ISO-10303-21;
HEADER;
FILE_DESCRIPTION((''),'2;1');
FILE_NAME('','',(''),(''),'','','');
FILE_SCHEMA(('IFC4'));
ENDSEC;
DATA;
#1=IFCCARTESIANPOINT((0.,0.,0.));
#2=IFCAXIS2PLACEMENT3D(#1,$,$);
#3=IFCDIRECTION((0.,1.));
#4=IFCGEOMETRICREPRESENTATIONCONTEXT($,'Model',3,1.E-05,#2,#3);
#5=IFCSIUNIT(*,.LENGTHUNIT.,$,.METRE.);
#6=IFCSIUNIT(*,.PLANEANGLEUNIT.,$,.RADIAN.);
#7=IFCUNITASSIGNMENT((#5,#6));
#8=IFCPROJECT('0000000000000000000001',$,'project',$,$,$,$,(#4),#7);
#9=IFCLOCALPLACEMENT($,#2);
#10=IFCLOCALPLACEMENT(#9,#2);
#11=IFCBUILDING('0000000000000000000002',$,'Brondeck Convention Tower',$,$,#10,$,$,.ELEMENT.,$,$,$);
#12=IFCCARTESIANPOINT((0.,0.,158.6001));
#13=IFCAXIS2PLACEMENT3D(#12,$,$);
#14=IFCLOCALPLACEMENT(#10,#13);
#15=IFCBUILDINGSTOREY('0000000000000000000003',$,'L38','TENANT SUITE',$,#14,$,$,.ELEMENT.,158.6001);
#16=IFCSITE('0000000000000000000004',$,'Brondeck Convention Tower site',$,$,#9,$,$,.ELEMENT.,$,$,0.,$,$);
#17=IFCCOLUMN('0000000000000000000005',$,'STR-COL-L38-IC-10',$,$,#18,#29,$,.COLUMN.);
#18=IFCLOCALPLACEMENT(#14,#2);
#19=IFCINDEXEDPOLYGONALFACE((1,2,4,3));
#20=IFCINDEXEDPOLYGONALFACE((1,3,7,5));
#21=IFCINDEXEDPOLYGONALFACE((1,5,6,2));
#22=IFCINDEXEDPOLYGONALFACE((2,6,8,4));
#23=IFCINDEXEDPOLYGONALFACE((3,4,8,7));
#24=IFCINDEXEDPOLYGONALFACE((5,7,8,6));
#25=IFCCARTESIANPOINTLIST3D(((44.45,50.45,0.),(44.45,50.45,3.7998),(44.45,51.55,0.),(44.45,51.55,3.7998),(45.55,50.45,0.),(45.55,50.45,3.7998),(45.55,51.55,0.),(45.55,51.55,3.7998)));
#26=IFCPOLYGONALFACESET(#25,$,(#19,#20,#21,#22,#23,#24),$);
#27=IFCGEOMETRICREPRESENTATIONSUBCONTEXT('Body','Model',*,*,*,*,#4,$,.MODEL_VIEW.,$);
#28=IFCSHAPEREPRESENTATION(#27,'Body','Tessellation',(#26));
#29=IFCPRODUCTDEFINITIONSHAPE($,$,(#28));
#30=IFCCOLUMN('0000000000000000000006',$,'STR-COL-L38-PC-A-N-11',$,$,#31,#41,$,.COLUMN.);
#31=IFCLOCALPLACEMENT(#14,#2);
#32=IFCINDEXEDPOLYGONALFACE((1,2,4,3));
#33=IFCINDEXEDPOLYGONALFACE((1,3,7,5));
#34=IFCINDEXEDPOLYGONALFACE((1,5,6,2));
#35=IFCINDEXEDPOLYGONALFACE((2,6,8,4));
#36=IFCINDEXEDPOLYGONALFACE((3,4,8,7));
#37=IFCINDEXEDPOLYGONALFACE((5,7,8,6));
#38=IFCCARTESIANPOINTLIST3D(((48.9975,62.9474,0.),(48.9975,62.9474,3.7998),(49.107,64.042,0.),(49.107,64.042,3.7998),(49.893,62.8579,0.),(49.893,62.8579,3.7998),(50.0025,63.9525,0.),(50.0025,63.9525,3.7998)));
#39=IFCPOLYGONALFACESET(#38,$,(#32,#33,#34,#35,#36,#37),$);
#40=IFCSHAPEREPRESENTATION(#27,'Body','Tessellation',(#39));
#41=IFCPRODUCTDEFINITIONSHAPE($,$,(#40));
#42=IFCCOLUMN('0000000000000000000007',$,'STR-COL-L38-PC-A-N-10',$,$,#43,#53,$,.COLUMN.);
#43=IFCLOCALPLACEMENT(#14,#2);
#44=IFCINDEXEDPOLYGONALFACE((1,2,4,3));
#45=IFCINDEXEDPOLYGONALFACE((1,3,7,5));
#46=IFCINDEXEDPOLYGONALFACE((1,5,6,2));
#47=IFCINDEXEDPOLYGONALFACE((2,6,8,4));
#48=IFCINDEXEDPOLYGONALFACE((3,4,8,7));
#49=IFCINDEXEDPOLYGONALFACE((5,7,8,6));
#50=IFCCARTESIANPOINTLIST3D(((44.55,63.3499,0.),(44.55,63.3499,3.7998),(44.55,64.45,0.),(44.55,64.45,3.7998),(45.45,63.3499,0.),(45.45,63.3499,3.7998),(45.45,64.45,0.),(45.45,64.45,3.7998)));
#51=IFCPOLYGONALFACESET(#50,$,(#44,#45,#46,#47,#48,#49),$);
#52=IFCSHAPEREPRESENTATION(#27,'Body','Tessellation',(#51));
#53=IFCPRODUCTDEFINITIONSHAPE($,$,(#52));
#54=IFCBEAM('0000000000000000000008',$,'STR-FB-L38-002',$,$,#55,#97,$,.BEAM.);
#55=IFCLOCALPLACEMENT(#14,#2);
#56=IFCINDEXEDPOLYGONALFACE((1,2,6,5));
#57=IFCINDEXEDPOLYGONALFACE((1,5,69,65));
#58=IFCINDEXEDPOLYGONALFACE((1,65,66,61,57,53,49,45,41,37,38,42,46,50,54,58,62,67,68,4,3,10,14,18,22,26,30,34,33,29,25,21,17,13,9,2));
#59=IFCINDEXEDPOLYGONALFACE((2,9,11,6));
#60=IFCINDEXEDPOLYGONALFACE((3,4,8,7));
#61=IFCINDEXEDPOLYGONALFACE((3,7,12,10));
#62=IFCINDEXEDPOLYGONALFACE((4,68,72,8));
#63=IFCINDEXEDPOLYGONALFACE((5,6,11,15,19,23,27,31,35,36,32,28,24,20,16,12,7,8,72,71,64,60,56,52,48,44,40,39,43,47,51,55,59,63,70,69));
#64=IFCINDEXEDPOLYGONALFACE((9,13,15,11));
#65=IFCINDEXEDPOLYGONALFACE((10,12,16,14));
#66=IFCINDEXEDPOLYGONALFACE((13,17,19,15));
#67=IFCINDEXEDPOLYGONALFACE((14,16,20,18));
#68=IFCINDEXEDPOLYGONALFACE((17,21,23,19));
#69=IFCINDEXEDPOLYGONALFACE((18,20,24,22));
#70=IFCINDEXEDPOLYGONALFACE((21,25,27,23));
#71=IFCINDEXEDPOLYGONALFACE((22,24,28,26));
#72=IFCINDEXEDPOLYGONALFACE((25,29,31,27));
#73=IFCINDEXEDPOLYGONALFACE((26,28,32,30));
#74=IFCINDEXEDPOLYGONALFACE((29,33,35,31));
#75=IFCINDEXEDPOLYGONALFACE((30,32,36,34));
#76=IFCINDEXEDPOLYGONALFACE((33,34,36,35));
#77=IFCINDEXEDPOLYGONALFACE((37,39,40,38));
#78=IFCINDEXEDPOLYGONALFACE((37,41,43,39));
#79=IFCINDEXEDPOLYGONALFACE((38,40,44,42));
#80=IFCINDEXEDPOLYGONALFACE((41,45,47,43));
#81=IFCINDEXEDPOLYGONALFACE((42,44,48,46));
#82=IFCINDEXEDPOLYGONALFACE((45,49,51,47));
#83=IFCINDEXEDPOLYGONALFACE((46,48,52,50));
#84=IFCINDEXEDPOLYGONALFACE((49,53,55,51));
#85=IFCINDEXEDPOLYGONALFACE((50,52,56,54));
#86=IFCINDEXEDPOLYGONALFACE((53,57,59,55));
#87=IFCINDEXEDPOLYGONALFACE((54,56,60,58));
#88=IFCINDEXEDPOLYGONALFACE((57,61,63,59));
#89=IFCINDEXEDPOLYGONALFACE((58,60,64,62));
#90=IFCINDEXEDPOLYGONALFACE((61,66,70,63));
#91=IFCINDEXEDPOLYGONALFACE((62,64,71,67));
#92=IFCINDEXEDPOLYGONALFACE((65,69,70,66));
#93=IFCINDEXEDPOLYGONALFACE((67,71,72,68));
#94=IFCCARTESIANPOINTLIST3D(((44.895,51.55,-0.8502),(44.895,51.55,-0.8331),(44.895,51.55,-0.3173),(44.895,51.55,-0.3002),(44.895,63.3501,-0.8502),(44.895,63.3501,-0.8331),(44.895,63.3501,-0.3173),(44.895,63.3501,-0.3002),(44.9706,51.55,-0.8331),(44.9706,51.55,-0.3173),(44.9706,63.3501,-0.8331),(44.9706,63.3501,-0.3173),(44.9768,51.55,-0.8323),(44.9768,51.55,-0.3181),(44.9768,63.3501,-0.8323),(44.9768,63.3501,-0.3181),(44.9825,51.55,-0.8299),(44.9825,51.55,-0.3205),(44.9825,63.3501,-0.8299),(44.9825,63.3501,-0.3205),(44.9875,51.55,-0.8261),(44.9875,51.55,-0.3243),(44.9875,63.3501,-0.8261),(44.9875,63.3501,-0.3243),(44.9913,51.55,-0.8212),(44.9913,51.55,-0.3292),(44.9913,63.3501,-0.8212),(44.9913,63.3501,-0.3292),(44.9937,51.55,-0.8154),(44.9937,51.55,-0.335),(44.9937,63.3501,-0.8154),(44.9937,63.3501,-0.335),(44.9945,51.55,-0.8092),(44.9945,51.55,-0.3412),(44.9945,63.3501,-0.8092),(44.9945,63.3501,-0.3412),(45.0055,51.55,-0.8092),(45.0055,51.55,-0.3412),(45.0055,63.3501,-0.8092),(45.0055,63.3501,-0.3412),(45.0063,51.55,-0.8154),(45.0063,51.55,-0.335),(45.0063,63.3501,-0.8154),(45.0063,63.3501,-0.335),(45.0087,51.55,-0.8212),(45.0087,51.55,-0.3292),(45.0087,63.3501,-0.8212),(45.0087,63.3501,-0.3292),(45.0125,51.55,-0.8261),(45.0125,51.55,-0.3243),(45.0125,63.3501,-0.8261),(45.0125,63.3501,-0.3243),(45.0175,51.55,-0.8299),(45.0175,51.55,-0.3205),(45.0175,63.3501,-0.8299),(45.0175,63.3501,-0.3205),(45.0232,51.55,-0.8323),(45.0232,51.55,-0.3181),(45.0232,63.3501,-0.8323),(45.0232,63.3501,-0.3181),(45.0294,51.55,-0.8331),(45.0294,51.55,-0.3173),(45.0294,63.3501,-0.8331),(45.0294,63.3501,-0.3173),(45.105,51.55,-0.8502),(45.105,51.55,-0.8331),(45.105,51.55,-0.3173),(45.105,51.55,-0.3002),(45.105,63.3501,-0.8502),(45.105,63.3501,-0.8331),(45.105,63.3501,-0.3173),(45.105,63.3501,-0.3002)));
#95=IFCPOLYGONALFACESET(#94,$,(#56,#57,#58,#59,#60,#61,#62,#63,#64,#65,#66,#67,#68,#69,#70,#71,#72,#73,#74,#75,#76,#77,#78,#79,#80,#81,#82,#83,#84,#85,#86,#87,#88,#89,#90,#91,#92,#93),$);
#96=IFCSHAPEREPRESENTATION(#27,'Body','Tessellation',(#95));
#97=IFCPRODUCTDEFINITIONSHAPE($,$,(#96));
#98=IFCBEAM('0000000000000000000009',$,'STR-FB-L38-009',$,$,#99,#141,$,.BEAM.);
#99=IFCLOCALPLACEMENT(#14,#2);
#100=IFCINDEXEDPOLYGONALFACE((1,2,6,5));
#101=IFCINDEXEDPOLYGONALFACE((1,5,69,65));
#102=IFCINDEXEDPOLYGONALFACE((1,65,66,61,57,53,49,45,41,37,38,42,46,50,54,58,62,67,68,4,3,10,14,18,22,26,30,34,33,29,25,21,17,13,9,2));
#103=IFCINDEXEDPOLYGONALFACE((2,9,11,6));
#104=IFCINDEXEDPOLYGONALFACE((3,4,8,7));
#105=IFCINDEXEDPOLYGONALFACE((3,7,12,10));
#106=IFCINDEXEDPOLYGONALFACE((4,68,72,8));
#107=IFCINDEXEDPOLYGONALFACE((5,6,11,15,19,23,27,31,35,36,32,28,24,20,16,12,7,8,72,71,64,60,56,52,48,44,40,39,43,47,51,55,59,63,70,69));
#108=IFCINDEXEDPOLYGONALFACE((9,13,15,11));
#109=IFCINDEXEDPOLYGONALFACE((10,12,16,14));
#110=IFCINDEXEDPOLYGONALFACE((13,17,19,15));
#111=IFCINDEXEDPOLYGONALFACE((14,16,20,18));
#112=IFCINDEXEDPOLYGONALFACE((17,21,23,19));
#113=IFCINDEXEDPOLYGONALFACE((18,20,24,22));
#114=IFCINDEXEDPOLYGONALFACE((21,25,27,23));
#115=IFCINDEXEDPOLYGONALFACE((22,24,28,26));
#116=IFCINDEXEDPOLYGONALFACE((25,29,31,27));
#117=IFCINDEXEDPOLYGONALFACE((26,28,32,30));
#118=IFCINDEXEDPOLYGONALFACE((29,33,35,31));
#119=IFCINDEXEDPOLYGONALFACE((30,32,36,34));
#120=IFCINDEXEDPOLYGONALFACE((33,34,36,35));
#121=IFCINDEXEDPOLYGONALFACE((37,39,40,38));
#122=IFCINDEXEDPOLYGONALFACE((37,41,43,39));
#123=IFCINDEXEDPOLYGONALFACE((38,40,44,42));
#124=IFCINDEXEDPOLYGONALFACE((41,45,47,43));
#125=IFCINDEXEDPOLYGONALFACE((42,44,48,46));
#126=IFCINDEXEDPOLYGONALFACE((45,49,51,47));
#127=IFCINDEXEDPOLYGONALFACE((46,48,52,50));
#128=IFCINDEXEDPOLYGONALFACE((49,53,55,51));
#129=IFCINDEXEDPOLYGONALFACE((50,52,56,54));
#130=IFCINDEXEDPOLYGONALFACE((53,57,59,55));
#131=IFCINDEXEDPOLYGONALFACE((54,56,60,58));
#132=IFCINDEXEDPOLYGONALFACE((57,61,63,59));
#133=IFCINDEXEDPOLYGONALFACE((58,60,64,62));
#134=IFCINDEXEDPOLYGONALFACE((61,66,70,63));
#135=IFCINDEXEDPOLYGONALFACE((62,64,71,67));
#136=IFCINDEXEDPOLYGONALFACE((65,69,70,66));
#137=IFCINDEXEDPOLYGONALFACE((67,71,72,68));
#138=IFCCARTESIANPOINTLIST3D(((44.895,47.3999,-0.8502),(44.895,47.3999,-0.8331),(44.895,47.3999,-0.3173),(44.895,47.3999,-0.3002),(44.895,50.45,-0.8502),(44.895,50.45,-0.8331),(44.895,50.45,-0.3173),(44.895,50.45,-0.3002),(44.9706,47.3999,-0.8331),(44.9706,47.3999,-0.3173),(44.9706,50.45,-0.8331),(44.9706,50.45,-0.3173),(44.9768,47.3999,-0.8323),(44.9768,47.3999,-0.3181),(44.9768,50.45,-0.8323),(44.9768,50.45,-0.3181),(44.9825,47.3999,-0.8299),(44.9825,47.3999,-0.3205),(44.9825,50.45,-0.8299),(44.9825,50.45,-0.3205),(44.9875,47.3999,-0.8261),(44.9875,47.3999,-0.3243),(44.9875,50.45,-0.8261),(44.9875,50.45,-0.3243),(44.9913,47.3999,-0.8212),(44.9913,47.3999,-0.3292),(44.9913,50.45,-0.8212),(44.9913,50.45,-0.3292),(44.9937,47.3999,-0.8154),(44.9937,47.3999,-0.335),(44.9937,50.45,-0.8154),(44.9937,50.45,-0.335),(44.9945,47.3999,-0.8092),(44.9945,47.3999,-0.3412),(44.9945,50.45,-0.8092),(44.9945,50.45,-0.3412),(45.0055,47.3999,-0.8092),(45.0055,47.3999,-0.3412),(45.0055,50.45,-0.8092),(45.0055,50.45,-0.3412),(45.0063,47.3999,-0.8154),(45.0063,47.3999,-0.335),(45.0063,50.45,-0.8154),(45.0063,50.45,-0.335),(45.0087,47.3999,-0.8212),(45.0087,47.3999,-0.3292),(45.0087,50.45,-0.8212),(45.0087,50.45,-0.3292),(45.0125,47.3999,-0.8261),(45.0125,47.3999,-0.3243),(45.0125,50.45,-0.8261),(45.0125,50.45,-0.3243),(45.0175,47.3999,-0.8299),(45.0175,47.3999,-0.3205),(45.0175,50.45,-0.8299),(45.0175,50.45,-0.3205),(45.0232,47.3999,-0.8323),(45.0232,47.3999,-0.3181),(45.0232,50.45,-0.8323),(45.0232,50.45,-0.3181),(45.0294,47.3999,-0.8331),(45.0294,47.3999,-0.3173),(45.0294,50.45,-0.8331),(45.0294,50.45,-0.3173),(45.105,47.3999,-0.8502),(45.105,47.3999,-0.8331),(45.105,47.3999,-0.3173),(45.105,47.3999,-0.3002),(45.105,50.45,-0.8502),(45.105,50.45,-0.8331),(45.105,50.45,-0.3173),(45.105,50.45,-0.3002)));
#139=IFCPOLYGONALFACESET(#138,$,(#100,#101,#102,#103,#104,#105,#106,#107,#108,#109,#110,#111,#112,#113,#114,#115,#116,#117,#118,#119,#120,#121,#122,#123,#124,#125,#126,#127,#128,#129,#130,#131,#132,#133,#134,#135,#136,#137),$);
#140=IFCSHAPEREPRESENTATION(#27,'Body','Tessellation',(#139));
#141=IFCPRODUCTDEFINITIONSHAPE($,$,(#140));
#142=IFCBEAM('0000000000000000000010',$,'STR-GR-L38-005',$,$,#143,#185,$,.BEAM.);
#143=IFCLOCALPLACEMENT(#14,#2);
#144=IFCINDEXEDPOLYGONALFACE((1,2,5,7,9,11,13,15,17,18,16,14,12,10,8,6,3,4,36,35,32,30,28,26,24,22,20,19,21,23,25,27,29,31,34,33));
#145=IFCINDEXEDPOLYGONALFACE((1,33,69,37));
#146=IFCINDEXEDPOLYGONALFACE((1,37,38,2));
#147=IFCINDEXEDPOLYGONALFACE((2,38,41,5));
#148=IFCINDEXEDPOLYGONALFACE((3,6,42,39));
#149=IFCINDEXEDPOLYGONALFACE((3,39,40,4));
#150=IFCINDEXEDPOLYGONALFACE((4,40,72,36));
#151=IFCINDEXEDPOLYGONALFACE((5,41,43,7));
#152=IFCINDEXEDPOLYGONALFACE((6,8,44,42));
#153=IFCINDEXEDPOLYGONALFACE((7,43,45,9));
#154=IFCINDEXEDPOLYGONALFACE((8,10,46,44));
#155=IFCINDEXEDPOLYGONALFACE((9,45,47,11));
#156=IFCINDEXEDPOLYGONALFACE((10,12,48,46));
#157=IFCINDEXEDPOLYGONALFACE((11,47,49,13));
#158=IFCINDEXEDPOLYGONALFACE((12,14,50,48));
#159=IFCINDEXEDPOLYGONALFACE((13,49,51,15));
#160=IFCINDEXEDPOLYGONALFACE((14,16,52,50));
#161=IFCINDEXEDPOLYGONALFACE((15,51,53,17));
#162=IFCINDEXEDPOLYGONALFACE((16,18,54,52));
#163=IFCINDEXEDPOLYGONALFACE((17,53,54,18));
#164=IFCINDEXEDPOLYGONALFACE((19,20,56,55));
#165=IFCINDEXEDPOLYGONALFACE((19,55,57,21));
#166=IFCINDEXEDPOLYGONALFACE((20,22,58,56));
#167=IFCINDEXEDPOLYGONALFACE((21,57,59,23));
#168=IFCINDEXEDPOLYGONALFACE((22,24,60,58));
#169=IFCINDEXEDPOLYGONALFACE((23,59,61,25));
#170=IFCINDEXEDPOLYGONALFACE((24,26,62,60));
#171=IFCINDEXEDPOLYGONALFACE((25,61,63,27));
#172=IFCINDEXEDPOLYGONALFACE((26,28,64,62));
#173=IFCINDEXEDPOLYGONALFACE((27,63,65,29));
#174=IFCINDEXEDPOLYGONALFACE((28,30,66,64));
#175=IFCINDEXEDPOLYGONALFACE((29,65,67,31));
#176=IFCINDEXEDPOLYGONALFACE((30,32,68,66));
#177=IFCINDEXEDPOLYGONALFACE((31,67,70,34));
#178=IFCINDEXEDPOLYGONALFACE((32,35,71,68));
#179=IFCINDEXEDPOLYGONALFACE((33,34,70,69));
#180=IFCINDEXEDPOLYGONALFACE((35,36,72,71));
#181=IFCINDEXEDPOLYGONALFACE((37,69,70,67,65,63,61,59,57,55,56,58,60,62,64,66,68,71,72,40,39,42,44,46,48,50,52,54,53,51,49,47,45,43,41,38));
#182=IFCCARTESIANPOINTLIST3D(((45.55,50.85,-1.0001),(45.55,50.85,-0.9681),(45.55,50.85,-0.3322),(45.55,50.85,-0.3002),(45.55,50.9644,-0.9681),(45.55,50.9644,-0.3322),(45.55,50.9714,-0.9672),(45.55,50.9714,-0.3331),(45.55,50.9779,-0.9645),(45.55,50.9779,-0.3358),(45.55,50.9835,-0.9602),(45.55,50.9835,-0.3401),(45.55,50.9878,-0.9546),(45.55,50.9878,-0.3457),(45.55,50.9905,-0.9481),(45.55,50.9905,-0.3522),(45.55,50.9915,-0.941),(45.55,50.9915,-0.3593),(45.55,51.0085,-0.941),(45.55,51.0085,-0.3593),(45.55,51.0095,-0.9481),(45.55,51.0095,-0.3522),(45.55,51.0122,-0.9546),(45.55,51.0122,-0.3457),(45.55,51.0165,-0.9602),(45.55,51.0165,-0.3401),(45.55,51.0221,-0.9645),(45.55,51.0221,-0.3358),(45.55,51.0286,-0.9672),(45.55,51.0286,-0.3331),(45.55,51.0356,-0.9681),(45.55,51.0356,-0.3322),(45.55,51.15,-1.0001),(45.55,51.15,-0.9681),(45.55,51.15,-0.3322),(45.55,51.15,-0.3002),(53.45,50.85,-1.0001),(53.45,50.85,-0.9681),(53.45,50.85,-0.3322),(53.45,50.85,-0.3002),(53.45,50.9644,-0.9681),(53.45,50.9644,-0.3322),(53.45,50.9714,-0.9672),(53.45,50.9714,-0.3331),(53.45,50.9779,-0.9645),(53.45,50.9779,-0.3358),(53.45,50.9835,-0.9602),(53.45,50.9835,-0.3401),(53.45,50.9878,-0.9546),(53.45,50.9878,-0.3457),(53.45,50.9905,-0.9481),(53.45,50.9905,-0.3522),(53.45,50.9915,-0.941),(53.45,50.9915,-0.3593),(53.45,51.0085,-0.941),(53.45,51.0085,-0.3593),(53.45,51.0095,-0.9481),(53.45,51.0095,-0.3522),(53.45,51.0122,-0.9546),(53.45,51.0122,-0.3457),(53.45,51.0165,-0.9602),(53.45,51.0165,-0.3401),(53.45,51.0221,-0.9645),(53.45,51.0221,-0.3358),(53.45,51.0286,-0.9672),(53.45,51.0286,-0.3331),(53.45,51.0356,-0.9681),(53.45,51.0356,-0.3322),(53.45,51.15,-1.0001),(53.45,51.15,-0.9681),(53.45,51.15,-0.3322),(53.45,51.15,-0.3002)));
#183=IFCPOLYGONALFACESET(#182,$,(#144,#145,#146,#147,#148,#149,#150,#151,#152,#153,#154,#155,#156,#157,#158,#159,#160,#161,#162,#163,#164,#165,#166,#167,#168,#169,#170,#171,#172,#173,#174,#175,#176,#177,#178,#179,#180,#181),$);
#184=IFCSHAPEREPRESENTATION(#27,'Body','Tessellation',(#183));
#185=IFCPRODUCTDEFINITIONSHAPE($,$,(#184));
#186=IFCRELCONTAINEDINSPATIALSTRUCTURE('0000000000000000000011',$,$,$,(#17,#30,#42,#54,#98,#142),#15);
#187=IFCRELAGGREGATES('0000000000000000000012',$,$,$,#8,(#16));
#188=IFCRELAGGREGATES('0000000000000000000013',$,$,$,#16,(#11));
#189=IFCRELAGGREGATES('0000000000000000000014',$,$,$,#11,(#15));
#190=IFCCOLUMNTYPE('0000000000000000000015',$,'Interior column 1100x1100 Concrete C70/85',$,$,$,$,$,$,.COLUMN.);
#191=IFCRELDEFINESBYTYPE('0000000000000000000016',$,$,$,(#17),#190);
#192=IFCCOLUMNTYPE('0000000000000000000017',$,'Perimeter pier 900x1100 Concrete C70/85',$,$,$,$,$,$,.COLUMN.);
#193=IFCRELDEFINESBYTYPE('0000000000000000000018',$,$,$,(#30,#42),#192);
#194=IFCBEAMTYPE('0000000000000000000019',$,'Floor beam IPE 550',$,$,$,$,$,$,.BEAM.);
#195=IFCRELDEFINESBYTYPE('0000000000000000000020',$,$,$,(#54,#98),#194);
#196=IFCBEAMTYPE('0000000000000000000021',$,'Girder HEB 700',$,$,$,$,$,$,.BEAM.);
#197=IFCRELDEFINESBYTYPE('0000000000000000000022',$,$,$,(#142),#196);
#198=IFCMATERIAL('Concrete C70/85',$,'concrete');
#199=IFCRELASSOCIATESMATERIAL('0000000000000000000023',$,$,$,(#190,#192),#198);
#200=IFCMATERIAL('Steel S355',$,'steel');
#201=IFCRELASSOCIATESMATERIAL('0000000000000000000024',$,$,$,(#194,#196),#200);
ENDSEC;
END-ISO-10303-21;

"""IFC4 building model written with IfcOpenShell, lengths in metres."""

from ifc_helpers import new_model, si_unit, direction, frame, origin, origin_2d, place, context, subcontext, project, spatial, rectangle, i_section, extrude, material, material_profile, profile_set, type_object, element, save


model = new_model("IFC4")

# Units and contexts
model_context = context("Model", 3, precision=1e-05, world=origin(), true_north=direction((0.0, 1.0)))
body_context = subcontext(model_context, "Body", "Model", "MODEL_VIEW")
ifc_project = project(units=[si_unit("LENGTHUNIT", "METRE"), si_unit("PLANEANGLEUNIT", "RADIAN")], contexts=[model_context])

# Site, building, storey
site_placement = place(None, origin())
site = spatial("IfcSite", under=ifc_project, at=site_placement, Name="Brondeck Convention Tower site", CompositionType="ELEMENT", RefElevation=0.0)
building_placement = place(site_placement, origin())
building = spatial("IfcBuilding", under=site, at=building_placement, Name="Brondeck Convention Tower", CompositionType="ELEMENT")
storey_placement = place(building_placement, frame((0.0, 0.0, 158.6001)))
storey = spatial("IfcBuildingStorey", under=building, at=storey_placement, Name="L38", Description="TENANT SUITE", CompositionType="ELEMENT", Elevation=158.6001)

# Columns
ifc_material_1 = material(Name="Concrete C70/85", Category="concrete")
ifc_material_profile_1 = material_profile(ifc_material_1, rectangle(XDim=1.1001, YDim=1.1001, at=origin_2d()), Name="Interior column 1100x1100 Concrete C70/85")
ifc_profile_set_1 = profile_set([ifc_material_profile_1], Name="Concrete C70/85")
column_type_1 = type_object("IfcColumnType", Name="Interior column 1100x1100 Concrete C70/85", PredefinedType="COLUMN", material=ifc_profile_set_1)
column_placement = place(storey_placement, frame((45.0, 51.0, 0.0), z_axis=(0.0, 0.0, 1.0), x_axis=(1.0, 0.0, 0.0)))
element("IfcColumn", 1, at=column_placement, inside=storey, type_object=column_type_1, Name="STR-COL-L38-IC-10", PredefinedType="COLUMN", context=body_context, shape_type="SweptSolid", body=[
    extrude(rectangle(XDim=1.1001, YDim=1.1001, at=origin_2d()), origin(), (0.0, 0.0, 1.0), 3.7998),
])
ifc_material_profile_2 = material_profile(ifc_material_1, rectangle(XDim=0.8999, YDim=1.1001, at=origin_2d()), Name="Perimeter pier 900x1100 Concrete C70/85")
ifc_profile_set_2 = profile_set([ifc_material_profile_2], Name="Concrete C70/85")
column_type_2 = type_object("IfcColumnType", Name="Perimeter pier 900x1100 Concrete C70/85", PredefinedType="COLUMN", material=ifc_profile_set_2)
for number, where, z_axis, x_axis, name in (
    (2, (49.5, 63.45, 0.0), (0.0, 0.0, 1.0), (-0.995037, 0.099504, 0.0), "STR-COL-L38-PC-A-N-11"),
    (3, (45.0, 63.8999, 0.0), (0.0, 0.0, 1.0), (-1.0, 0.0, 0.0), "STR-COL-L38-PC-A-N-10"),
):
    element("IfcColumn", number, at=place(storey_placement, frame(where, z_axis=z_axis, x_axis=x_axis)), inside=storey, type_object=column_type_2, Name=name, PredefinedType="COLUMN", context=body_context, shape_type="SweptSolid", body=[
        extrude(rectangle(XDim=0.8999, YDim=1.1001, at=origin_2d()), origin(), (0.0, 0.0, 1.0), 3.7998),
    ])

# Beams
ifc_material_2 = material(Name="Steel S355", Category="steel")
ifc_material_profile_3 = material_profile(ifc_material_2, i_section(OverallWidth=0.21, OverallDepth=0.55, WebThickness=0.011, FlangeThickness=0.0171, FilletRadius=0.0239, at=origin_2d()), Name="IPE 550")
ifc_profile_set_3 = profile_set([ifc_material_profile_3], Name="Steel S355")
beam_type_1 = type_object("IfcBeamType", Name="Floor beam IPE 550", PredefinedType="BEAM", material=ifc_profile_set_3)
beam_1_placement = place(storey_placement, frame((45.0, 51.55, -0.5752), z_axis=(0.0, 1.0, 0.0), x_axis=(-1.0, 0.0, 0.0)))
element("IfcBeam", 4, at=beam_1_placement, inside=storey, type_object=beam_type_1, Name="STR-FB-L38-002", PredefinedType="BEAM", context=body_context, shape_type="SweptSolid", body=[
    extrude(i_section(OverallWidth=0.21, OverallDepth=0.55, WebThickness=0.011, FlangeThickness=0.0171, FilletRadius=0.0239, at=origin_2d()), origin(), (0.0, 0.0, 1.0), 11.8),
])
beam_2_placement = place(storey_placement, frame((45.0, 47.3999, -0.5752), z_axis=(0.0, 1.0, 0.0), x_axis=(-1.0, 0.0, 0.0)))
element("IfcBeam", 5, at=beam_2_placement, inside=storey, type_object=beam_type_1, Name="STR-FB-L38-009", PredefinedType="BEAM", context=body_context, shape_type="SweptSolid", body=[
    extrude(i_section(OverallWidth=0.21, OverallDepth=0.55, WebThickness=0.011, FlangeThickness=0.0171, FilletRadius=0.0239, at=origin_2d()), origin(), (0.0, 0.0, 1.0), 3.05),
])
ifc_material_profile_4 = material_profile(ifc_material_2, i_section(OverallWidth=0.3, OverallDepth=0.7, WebThickness=0.0171, FlangeThickness=0.032, FilletRadius=0.0271, at=origin_2d()), Name="HEB 700")
ifc_profile_set_4 = profile_set([ifc_material_profile_4], Name="Steel S355")
beam_type_2 = type_object("IfcBeamType", Name="Girder HEB 700", PredefinedType="BEAM", material=ifc_profile_set_4)
beam_3_placement = place(storey_placement, frame((45.55, 51.0, -0.6501), z_axis=(1.0, 0.0, 0.0), x_axis=(0.0, 1.0, 0.0)))
element("IfcBeam", 6, at=beam_3_placement, inside=storey, type_object=beam_type_2, Name="STR-GR-L38-005", PredefinedType="BEAM", context=body_context, shape_type="SweptSolid", body=[
    extrude(i_section(OverallWidth=0.3, OverallDepth=0.7, WebThickness=0.0171, FlangeThickness=0.032, FilletRadius=0.0271, at=origin_2d()), origin(), (0.0, 0.0, 1.0), 7.8999),
])

save(model, "model.ifc")
